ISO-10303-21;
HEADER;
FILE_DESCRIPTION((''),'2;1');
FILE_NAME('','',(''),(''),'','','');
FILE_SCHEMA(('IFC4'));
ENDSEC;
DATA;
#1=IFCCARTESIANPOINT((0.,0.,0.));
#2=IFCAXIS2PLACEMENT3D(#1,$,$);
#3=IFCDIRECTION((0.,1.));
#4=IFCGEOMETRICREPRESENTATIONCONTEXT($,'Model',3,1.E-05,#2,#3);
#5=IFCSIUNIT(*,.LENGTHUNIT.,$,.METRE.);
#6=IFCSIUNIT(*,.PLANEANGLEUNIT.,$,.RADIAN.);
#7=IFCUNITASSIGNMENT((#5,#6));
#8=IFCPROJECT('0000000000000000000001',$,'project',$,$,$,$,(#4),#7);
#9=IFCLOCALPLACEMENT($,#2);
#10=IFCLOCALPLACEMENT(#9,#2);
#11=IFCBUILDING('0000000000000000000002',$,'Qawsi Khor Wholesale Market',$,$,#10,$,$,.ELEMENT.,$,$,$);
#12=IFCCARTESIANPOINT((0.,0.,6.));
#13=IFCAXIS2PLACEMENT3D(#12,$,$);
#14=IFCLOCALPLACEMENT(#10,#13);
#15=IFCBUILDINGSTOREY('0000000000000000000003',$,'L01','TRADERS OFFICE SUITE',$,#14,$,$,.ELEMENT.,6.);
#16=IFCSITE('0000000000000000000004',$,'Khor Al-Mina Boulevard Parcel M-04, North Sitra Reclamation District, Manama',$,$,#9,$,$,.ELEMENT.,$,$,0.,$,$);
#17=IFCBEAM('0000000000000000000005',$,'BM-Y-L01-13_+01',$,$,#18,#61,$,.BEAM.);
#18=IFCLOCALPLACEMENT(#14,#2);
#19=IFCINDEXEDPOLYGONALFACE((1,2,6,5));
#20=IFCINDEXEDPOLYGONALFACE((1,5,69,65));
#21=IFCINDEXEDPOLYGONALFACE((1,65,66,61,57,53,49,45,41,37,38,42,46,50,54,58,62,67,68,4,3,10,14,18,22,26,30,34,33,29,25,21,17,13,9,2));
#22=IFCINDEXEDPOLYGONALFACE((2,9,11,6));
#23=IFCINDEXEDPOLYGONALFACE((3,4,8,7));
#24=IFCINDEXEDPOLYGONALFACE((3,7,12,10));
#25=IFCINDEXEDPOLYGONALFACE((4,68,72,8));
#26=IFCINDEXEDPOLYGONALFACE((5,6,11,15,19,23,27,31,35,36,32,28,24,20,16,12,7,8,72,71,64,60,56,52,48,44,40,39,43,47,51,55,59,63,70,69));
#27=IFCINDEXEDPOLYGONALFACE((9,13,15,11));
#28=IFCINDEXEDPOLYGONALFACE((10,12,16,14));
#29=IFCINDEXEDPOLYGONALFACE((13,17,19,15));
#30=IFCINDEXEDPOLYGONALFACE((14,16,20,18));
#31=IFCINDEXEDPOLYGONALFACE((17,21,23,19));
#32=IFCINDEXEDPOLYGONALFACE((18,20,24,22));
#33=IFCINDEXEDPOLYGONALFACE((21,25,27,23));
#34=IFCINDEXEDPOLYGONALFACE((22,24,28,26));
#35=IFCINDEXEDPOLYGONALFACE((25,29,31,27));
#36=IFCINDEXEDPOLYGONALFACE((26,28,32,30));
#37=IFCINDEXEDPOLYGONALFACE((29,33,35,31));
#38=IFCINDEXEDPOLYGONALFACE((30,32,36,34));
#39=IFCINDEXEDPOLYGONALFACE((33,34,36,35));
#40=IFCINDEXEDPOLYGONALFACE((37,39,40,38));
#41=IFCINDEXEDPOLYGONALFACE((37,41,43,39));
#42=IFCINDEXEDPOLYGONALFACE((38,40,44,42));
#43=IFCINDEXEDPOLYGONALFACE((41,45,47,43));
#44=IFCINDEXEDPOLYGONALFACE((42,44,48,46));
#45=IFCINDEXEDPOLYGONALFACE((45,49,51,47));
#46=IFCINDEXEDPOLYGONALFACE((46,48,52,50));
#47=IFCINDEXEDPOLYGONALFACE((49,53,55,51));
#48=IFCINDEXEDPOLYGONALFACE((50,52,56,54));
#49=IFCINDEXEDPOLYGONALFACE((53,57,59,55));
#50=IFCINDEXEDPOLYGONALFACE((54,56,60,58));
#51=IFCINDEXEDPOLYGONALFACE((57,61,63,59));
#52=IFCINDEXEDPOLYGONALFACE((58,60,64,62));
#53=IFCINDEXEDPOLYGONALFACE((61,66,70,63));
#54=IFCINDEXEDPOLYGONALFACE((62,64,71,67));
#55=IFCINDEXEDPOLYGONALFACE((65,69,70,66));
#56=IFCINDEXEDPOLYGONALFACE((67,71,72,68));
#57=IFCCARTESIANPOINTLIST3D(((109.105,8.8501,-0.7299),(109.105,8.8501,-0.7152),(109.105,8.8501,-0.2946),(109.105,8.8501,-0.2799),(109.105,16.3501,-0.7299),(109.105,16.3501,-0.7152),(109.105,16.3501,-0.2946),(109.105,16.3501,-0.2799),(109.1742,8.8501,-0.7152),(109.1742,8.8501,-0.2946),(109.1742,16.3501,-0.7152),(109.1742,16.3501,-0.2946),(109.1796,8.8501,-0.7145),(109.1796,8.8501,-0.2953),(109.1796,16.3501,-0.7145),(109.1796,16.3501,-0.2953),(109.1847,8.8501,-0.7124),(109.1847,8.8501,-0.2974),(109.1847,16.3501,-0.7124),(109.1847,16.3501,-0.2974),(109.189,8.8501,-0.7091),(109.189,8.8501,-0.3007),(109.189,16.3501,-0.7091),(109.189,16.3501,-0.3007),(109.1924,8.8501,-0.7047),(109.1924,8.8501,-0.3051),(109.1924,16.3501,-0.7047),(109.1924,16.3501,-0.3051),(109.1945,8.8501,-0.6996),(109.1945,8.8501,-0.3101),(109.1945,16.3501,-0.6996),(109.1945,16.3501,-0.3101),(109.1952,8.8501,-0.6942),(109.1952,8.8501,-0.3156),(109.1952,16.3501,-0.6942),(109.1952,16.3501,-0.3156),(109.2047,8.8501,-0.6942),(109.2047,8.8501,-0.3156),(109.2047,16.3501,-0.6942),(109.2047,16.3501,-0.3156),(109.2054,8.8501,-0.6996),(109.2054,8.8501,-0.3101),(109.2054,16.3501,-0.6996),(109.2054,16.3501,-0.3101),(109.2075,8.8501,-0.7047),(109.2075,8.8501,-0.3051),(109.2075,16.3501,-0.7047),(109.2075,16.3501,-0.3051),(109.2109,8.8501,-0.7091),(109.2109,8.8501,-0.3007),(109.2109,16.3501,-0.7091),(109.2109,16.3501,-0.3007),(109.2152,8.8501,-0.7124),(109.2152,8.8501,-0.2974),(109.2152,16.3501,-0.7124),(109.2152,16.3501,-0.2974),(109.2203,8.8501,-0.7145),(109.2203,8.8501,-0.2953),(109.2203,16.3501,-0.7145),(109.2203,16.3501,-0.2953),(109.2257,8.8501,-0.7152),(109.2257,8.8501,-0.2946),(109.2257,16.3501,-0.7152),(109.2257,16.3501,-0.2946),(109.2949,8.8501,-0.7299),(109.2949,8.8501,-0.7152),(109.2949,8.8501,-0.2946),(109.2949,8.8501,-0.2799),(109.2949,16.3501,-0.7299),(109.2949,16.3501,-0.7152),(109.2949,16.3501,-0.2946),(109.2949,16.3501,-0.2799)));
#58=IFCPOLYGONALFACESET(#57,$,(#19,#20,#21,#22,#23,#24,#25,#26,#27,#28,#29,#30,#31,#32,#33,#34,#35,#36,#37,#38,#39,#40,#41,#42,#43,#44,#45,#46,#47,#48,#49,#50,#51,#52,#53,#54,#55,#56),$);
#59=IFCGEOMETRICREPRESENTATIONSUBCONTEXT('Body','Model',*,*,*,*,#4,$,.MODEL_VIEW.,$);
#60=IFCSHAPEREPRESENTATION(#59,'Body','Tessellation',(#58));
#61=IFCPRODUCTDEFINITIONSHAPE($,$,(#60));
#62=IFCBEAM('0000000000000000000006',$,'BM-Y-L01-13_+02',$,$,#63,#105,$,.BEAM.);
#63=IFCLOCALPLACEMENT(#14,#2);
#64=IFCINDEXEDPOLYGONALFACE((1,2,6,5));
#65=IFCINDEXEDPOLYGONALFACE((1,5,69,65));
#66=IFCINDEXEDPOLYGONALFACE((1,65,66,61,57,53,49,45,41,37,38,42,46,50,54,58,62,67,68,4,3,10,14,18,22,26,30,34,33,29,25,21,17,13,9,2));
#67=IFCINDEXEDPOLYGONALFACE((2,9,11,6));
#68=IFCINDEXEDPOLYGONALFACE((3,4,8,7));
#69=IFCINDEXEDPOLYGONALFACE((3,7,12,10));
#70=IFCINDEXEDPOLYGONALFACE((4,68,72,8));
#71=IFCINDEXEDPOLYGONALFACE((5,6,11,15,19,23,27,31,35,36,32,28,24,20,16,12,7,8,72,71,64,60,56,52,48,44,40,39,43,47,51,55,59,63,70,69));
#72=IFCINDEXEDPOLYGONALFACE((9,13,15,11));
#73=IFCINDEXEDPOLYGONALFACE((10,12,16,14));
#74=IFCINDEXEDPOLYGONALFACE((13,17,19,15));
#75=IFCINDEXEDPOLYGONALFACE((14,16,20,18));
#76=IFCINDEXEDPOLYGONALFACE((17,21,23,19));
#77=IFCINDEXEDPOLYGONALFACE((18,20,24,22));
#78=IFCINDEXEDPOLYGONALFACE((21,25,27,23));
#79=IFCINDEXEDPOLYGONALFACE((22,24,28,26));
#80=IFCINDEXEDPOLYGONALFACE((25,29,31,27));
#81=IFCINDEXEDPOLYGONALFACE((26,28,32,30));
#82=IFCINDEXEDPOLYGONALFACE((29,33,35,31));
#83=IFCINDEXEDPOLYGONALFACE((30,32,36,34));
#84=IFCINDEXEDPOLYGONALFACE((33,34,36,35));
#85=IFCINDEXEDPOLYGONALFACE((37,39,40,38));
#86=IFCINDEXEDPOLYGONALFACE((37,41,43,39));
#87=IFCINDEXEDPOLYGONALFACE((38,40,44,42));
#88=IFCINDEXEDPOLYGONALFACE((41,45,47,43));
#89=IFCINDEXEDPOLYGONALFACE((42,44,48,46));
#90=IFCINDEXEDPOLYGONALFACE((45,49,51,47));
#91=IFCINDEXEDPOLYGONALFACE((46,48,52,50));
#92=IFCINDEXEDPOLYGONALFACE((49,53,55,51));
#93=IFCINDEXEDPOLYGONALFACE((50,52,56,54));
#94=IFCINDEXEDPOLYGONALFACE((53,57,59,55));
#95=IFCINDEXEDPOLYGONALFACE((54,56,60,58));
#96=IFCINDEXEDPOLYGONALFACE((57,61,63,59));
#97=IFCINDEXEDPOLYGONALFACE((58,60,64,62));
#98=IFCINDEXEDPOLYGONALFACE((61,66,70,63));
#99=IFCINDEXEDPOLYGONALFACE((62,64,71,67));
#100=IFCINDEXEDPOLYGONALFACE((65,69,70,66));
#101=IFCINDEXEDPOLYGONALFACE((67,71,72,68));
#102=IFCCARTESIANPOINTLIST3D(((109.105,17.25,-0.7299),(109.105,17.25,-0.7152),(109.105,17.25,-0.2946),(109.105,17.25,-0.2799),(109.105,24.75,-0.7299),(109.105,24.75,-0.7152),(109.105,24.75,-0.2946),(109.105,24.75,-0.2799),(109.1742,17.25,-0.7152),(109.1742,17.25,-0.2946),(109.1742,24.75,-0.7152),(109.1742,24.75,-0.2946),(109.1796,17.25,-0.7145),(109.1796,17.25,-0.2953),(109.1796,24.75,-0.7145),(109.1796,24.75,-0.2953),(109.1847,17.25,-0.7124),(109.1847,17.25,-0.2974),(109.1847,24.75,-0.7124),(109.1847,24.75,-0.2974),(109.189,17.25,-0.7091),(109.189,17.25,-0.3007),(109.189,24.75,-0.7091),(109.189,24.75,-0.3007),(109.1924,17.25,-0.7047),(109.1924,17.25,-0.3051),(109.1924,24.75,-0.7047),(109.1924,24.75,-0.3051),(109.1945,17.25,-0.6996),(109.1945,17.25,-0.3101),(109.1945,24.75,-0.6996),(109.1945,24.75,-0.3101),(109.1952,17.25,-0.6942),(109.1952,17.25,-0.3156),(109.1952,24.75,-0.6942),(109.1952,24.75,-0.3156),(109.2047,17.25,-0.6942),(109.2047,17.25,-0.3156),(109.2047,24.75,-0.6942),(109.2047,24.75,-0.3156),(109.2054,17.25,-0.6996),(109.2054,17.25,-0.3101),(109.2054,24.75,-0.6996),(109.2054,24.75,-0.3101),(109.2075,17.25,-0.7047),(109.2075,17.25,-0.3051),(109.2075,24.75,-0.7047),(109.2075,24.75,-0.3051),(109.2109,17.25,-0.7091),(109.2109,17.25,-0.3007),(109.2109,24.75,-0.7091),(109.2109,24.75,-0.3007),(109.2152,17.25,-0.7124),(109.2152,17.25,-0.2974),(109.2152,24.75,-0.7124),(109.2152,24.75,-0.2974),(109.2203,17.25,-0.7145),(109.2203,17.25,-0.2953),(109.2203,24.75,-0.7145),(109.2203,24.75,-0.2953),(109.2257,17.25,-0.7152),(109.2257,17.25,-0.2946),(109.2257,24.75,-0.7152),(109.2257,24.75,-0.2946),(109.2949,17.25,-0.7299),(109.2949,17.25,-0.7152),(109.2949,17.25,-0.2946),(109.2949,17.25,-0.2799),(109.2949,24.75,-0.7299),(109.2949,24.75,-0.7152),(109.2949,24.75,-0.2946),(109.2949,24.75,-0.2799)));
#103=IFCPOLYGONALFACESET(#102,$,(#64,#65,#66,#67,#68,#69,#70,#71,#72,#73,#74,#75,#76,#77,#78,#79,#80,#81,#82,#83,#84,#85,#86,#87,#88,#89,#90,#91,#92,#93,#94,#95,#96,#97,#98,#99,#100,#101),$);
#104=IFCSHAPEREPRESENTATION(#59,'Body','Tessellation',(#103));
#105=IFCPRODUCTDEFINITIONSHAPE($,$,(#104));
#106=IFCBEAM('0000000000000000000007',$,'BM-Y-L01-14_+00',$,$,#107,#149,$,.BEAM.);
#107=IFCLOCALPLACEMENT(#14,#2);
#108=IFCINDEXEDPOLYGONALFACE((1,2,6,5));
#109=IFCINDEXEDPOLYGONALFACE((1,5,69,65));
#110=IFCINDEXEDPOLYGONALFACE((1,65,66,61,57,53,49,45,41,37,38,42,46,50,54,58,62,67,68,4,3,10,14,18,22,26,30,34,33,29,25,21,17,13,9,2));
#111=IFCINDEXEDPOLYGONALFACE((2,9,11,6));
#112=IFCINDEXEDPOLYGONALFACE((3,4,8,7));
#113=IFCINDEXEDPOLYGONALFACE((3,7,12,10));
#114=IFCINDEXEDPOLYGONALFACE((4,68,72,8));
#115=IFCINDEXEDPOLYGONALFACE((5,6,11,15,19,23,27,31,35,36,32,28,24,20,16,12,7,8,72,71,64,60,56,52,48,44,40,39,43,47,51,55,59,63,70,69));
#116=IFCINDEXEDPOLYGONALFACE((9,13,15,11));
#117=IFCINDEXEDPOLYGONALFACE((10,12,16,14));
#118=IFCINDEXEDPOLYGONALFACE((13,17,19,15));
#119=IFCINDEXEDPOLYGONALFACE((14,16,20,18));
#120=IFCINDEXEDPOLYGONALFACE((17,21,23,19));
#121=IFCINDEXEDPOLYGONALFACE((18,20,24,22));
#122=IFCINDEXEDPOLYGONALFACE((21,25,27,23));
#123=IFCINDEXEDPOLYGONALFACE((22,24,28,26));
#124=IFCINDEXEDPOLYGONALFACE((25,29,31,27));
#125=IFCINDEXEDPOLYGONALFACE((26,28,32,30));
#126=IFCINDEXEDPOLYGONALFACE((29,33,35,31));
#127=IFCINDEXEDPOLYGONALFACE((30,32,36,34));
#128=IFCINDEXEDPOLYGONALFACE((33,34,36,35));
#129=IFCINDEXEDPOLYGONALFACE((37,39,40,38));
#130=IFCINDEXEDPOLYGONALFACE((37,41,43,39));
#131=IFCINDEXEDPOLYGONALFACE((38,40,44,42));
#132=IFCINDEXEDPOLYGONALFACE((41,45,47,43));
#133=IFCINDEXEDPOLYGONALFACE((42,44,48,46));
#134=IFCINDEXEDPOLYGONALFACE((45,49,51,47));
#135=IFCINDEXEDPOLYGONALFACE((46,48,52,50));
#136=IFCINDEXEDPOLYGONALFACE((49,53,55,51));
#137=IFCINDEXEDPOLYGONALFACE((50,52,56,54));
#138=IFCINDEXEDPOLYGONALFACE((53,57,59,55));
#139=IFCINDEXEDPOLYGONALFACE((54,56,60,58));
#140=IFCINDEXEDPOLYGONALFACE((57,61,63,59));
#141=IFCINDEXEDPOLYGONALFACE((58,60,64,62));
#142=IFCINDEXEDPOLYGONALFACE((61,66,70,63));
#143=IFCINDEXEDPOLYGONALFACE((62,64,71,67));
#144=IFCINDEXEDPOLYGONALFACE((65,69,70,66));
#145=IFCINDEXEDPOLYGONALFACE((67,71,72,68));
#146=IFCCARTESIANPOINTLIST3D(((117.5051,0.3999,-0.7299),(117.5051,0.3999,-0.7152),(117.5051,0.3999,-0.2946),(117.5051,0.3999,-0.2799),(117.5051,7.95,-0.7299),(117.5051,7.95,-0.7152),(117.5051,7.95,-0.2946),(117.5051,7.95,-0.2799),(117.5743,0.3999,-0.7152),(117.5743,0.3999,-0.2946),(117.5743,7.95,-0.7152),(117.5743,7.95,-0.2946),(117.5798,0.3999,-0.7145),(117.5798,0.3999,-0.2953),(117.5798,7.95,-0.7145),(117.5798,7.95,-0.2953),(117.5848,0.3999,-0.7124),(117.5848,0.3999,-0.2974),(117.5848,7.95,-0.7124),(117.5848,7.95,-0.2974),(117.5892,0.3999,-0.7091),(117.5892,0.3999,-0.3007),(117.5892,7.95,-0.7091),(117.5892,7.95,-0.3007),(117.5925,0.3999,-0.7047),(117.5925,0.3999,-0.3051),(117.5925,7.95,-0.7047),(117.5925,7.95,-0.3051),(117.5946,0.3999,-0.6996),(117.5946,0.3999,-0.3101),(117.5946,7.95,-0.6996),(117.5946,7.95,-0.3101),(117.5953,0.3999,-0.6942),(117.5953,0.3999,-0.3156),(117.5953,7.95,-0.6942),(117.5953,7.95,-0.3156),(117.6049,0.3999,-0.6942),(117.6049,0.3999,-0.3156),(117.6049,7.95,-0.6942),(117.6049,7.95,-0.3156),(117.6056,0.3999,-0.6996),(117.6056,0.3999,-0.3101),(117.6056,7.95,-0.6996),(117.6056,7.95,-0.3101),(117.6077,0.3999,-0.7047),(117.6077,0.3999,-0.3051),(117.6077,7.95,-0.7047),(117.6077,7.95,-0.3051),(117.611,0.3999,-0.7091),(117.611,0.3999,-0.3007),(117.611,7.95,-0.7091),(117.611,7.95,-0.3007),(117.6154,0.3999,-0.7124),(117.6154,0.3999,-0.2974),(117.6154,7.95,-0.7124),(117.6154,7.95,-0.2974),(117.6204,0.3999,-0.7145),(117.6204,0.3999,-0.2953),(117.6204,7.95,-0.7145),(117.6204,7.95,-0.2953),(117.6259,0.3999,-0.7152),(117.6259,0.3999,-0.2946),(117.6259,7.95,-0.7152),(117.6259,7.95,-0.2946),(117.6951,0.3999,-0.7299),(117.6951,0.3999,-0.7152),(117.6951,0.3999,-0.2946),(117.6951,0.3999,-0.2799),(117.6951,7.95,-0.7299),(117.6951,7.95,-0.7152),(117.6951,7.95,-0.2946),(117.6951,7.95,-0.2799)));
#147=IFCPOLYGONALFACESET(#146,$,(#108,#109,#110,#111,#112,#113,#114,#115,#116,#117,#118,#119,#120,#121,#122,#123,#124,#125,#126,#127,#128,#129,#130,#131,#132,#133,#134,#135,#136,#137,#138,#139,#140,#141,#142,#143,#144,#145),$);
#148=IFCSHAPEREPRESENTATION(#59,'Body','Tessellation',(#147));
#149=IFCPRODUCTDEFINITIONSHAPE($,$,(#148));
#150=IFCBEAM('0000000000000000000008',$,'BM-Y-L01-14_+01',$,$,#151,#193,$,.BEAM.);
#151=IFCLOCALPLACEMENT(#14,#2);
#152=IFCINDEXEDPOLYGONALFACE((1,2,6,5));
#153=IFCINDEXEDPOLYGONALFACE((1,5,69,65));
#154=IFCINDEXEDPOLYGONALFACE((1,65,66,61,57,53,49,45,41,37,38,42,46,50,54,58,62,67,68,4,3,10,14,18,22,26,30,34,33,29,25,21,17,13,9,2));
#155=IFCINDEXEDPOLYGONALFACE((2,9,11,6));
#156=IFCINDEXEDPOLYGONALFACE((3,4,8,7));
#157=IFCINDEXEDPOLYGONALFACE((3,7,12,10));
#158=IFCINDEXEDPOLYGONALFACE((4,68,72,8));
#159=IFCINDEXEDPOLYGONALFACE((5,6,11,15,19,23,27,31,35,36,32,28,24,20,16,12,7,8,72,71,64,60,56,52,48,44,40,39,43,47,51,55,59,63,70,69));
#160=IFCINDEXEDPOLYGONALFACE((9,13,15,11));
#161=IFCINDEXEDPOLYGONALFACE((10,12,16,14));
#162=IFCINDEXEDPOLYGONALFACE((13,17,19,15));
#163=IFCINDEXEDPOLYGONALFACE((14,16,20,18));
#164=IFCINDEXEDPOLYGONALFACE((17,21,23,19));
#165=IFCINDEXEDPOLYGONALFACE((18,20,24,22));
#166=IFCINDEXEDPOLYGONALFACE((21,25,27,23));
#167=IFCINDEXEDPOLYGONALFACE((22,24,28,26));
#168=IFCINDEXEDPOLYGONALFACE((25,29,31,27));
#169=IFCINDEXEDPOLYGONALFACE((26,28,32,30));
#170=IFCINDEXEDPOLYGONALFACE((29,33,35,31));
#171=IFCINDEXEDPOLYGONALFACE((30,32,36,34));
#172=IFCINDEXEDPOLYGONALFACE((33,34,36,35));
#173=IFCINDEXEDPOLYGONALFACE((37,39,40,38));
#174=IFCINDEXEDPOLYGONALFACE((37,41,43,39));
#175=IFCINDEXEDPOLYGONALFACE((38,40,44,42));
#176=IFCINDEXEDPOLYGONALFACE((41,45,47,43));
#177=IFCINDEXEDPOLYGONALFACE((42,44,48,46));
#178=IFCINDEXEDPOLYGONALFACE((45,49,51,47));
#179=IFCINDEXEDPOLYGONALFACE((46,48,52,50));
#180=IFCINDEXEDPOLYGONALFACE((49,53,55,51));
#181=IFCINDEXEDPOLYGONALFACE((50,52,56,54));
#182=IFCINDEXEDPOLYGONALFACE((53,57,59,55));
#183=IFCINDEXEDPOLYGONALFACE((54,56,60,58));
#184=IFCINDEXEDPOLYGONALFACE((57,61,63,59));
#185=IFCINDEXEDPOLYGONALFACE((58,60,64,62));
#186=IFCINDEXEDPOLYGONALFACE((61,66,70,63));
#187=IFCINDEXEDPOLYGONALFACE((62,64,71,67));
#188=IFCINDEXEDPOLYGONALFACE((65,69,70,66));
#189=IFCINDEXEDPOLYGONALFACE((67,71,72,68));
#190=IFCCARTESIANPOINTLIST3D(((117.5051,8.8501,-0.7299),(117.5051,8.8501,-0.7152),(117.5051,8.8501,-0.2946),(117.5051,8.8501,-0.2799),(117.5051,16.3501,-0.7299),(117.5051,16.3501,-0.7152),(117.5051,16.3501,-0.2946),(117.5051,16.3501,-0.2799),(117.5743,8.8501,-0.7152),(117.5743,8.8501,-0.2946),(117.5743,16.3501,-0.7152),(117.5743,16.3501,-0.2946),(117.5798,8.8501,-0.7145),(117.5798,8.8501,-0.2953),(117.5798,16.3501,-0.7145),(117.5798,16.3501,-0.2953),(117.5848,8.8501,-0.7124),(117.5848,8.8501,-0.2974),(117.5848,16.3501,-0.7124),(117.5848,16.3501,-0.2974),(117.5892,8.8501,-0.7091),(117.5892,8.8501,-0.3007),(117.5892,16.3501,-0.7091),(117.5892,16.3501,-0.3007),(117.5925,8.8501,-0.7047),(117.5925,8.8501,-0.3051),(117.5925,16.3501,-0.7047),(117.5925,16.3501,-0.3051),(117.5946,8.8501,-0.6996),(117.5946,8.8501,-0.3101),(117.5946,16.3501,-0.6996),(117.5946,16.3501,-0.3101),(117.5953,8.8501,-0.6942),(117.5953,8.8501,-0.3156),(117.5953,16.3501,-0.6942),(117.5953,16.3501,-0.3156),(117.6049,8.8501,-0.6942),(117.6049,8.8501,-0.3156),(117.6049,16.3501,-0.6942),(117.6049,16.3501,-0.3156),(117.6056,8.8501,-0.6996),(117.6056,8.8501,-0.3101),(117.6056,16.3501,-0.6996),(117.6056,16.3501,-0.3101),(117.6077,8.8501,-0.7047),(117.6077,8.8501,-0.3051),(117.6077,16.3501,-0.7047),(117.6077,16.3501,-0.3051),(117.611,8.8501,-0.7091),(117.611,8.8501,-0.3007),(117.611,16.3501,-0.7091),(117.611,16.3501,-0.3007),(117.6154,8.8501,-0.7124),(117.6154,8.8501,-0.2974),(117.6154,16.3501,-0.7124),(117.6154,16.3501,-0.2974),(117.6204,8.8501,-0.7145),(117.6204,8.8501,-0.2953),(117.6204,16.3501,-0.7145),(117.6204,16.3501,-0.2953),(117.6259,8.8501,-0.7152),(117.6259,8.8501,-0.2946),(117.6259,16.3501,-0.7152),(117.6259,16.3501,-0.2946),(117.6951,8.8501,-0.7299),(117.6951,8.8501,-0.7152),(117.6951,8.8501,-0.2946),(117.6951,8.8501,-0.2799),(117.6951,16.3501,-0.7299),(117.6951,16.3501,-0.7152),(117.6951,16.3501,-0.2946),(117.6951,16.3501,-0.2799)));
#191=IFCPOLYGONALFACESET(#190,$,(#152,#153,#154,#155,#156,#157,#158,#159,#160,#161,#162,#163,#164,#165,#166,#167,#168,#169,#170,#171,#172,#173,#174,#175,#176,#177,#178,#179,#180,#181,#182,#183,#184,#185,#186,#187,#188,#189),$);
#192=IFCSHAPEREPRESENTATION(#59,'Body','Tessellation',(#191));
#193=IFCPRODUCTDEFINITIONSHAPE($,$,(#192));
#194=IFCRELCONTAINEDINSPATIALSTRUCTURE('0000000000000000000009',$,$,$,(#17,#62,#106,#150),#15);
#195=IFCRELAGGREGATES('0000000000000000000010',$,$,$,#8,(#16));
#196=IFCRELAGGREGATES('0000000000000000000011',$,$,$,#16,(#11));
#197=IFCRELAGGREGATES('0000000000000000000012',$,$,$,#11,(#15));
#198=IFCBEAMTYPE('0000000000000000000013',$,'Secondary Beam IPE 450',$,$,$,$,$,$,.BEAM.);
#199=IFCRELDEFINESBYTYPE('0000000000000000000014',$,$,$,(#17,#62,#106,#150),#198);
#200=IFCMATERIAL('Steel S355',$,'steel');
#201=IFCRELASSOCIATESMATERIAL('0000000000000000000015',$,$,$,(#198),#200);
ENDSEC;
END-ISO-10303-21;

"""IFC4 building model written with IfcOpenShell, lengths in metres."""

from ifc_helpers import new_model, si_unit, direction, frame, origin, origin_2d, place, context, subcontext, project, spatial, i_section, extrude, material, material_profile, profile_set, type_object, element, save


model = new_model("IFC4")

# Units and contexts
model_context = context("Model", 3, precision=1e-05, world=origin(), true_north=direction((0.0, 1.0)))
body_context = subcontext(model_context, "Body", "Model", "MODEL_VIEW")
ifc_project = project(units=[si_unit("LENGTHUNIT", "METRE"), si_unit("PLANEANGLEUNIT", "RADIAN")], contexts=[model_context])

# Site, building, storey
site_placement = place(None, origin())
site = spatial("IfcSite", under=ifc_project, at=site_placement, Name="Khor Al-Mina Boulevard Parcel M-04, North Sitra Reclamation District, Manama", CompositionType="ELEMENT", RefElevation=0.0)
building_placement = place(site_placement, origin())
building = spatial("IfcBuilding", under=site, at=building_placement, Name="Qawsi Khor Wholesale Market", CompositionType="ELEMENT")
storey_placement = place(building_placement, frame((0.0, 0.0, 6.0)))
storey = spatial("IfcBuildingStorey", under=building, at=storey_placement, Name="L01", Description="TRADERS OFFICE SUITE", CompositionType="ELEMENT", Elevation=6.0)

# Beams
ifc_material_1 = material(Name="Steel S355", Category="steel")
ifc_material_profile_1 = material_profile(ifc_material_1, i_section(OverallWidth=0.1899, OverallDepth=0.45, WebThickness=0.0095, FlangeThickness=0.0146, FilletRadius=0.021, at=origin_2d()), Name="IPE 450")
ifc_profile_set_1 = profile_set([ifc_material_profile_1], Name="Steel S355")
beam_type_1 = type_object("IfcBeamType", Name="Secondary Beam IPE 450", PredefinedType="BEAM", material=ifc_profile_set_1)
for number, where, z_axis, x_axis, name in (
    (1, (109.2, 8.8501, -0.5049), (0.0, 1.0, 0.0), (-1.0, 0.0, 0.0), "BM-Y-L01-13_+01"),
    (2, (109.2, 17.25, -0.5049), (0.0, 1.0, 0.0), (-1.0, 0.0, 0.0), "BM-Y-L01-13_+02"),
):
    element("IfcBeam", number, at=place(storey_placement, frame(where, z_axis=z_axis, x_axis=x_axis)), inside=storey, type_object=beam_type_1, Name=name, PredefinedType="BEAM", context=body_context, shape_type="SweptSolid", body=[
        extrude(i_section(OverallWidth=0.1899, OverallDepth=0.45, WebThickness=0.0095, FlangeThickness=0.0146, FilletRadius=0.021, at=origin_2d()), origin(), (0.0, 0.0, 1.0), 7.5),
    ])
beam_1_placement = place(storey_placement, frame((117.6001, 0.3999, -0.5049), z_axis=(0.0, 1.0, 0.0), x_axis=(-1.0, 0.0, 0.0)))
element("IfcBeam", 3, at=beam_1_placement, inside=storey, type_object=beam_type_1, Name="BM-Y-L01-14_+00", PredefinedType="BEAM", context=body_context, shape_type="SweptSolid", body=[
    extrude(i_section(OverallWidth=0.1899, OverallDepth=0.45, WebThickness=0.0095, FlangeThickness=0.0146, FilletRadius=0.021, at=origin_2d()), origin(), (0.0, 0.0, 1.0), 7.55),
])
beam_2_placement = place(storey_placement, frame((117.6001, 8.8501, -0.5049), z_axis=(0.0, 1.0, 0.0), x_axis=(-1.0, 0.0, 0.0)))
element("IfcBeam", 4, at=beam_2_placement, inside=storey, type_object=beam_type_1, Name="BM-Y-L01-14_+01", PredefinedType="BEAM", context=body_context, shape_type="SweptSolid", body=[
    extrude(i_section(OverallWidth=0.1899, OverallDepth=0.45, WebThickness=0.0095, FlangeThickness=0.0146, FilletRadius=0.021, at=origin_2d()), origin(), (0.0, 0.0, 1.0), 7.5),
])

save(model, "model.ifc")
